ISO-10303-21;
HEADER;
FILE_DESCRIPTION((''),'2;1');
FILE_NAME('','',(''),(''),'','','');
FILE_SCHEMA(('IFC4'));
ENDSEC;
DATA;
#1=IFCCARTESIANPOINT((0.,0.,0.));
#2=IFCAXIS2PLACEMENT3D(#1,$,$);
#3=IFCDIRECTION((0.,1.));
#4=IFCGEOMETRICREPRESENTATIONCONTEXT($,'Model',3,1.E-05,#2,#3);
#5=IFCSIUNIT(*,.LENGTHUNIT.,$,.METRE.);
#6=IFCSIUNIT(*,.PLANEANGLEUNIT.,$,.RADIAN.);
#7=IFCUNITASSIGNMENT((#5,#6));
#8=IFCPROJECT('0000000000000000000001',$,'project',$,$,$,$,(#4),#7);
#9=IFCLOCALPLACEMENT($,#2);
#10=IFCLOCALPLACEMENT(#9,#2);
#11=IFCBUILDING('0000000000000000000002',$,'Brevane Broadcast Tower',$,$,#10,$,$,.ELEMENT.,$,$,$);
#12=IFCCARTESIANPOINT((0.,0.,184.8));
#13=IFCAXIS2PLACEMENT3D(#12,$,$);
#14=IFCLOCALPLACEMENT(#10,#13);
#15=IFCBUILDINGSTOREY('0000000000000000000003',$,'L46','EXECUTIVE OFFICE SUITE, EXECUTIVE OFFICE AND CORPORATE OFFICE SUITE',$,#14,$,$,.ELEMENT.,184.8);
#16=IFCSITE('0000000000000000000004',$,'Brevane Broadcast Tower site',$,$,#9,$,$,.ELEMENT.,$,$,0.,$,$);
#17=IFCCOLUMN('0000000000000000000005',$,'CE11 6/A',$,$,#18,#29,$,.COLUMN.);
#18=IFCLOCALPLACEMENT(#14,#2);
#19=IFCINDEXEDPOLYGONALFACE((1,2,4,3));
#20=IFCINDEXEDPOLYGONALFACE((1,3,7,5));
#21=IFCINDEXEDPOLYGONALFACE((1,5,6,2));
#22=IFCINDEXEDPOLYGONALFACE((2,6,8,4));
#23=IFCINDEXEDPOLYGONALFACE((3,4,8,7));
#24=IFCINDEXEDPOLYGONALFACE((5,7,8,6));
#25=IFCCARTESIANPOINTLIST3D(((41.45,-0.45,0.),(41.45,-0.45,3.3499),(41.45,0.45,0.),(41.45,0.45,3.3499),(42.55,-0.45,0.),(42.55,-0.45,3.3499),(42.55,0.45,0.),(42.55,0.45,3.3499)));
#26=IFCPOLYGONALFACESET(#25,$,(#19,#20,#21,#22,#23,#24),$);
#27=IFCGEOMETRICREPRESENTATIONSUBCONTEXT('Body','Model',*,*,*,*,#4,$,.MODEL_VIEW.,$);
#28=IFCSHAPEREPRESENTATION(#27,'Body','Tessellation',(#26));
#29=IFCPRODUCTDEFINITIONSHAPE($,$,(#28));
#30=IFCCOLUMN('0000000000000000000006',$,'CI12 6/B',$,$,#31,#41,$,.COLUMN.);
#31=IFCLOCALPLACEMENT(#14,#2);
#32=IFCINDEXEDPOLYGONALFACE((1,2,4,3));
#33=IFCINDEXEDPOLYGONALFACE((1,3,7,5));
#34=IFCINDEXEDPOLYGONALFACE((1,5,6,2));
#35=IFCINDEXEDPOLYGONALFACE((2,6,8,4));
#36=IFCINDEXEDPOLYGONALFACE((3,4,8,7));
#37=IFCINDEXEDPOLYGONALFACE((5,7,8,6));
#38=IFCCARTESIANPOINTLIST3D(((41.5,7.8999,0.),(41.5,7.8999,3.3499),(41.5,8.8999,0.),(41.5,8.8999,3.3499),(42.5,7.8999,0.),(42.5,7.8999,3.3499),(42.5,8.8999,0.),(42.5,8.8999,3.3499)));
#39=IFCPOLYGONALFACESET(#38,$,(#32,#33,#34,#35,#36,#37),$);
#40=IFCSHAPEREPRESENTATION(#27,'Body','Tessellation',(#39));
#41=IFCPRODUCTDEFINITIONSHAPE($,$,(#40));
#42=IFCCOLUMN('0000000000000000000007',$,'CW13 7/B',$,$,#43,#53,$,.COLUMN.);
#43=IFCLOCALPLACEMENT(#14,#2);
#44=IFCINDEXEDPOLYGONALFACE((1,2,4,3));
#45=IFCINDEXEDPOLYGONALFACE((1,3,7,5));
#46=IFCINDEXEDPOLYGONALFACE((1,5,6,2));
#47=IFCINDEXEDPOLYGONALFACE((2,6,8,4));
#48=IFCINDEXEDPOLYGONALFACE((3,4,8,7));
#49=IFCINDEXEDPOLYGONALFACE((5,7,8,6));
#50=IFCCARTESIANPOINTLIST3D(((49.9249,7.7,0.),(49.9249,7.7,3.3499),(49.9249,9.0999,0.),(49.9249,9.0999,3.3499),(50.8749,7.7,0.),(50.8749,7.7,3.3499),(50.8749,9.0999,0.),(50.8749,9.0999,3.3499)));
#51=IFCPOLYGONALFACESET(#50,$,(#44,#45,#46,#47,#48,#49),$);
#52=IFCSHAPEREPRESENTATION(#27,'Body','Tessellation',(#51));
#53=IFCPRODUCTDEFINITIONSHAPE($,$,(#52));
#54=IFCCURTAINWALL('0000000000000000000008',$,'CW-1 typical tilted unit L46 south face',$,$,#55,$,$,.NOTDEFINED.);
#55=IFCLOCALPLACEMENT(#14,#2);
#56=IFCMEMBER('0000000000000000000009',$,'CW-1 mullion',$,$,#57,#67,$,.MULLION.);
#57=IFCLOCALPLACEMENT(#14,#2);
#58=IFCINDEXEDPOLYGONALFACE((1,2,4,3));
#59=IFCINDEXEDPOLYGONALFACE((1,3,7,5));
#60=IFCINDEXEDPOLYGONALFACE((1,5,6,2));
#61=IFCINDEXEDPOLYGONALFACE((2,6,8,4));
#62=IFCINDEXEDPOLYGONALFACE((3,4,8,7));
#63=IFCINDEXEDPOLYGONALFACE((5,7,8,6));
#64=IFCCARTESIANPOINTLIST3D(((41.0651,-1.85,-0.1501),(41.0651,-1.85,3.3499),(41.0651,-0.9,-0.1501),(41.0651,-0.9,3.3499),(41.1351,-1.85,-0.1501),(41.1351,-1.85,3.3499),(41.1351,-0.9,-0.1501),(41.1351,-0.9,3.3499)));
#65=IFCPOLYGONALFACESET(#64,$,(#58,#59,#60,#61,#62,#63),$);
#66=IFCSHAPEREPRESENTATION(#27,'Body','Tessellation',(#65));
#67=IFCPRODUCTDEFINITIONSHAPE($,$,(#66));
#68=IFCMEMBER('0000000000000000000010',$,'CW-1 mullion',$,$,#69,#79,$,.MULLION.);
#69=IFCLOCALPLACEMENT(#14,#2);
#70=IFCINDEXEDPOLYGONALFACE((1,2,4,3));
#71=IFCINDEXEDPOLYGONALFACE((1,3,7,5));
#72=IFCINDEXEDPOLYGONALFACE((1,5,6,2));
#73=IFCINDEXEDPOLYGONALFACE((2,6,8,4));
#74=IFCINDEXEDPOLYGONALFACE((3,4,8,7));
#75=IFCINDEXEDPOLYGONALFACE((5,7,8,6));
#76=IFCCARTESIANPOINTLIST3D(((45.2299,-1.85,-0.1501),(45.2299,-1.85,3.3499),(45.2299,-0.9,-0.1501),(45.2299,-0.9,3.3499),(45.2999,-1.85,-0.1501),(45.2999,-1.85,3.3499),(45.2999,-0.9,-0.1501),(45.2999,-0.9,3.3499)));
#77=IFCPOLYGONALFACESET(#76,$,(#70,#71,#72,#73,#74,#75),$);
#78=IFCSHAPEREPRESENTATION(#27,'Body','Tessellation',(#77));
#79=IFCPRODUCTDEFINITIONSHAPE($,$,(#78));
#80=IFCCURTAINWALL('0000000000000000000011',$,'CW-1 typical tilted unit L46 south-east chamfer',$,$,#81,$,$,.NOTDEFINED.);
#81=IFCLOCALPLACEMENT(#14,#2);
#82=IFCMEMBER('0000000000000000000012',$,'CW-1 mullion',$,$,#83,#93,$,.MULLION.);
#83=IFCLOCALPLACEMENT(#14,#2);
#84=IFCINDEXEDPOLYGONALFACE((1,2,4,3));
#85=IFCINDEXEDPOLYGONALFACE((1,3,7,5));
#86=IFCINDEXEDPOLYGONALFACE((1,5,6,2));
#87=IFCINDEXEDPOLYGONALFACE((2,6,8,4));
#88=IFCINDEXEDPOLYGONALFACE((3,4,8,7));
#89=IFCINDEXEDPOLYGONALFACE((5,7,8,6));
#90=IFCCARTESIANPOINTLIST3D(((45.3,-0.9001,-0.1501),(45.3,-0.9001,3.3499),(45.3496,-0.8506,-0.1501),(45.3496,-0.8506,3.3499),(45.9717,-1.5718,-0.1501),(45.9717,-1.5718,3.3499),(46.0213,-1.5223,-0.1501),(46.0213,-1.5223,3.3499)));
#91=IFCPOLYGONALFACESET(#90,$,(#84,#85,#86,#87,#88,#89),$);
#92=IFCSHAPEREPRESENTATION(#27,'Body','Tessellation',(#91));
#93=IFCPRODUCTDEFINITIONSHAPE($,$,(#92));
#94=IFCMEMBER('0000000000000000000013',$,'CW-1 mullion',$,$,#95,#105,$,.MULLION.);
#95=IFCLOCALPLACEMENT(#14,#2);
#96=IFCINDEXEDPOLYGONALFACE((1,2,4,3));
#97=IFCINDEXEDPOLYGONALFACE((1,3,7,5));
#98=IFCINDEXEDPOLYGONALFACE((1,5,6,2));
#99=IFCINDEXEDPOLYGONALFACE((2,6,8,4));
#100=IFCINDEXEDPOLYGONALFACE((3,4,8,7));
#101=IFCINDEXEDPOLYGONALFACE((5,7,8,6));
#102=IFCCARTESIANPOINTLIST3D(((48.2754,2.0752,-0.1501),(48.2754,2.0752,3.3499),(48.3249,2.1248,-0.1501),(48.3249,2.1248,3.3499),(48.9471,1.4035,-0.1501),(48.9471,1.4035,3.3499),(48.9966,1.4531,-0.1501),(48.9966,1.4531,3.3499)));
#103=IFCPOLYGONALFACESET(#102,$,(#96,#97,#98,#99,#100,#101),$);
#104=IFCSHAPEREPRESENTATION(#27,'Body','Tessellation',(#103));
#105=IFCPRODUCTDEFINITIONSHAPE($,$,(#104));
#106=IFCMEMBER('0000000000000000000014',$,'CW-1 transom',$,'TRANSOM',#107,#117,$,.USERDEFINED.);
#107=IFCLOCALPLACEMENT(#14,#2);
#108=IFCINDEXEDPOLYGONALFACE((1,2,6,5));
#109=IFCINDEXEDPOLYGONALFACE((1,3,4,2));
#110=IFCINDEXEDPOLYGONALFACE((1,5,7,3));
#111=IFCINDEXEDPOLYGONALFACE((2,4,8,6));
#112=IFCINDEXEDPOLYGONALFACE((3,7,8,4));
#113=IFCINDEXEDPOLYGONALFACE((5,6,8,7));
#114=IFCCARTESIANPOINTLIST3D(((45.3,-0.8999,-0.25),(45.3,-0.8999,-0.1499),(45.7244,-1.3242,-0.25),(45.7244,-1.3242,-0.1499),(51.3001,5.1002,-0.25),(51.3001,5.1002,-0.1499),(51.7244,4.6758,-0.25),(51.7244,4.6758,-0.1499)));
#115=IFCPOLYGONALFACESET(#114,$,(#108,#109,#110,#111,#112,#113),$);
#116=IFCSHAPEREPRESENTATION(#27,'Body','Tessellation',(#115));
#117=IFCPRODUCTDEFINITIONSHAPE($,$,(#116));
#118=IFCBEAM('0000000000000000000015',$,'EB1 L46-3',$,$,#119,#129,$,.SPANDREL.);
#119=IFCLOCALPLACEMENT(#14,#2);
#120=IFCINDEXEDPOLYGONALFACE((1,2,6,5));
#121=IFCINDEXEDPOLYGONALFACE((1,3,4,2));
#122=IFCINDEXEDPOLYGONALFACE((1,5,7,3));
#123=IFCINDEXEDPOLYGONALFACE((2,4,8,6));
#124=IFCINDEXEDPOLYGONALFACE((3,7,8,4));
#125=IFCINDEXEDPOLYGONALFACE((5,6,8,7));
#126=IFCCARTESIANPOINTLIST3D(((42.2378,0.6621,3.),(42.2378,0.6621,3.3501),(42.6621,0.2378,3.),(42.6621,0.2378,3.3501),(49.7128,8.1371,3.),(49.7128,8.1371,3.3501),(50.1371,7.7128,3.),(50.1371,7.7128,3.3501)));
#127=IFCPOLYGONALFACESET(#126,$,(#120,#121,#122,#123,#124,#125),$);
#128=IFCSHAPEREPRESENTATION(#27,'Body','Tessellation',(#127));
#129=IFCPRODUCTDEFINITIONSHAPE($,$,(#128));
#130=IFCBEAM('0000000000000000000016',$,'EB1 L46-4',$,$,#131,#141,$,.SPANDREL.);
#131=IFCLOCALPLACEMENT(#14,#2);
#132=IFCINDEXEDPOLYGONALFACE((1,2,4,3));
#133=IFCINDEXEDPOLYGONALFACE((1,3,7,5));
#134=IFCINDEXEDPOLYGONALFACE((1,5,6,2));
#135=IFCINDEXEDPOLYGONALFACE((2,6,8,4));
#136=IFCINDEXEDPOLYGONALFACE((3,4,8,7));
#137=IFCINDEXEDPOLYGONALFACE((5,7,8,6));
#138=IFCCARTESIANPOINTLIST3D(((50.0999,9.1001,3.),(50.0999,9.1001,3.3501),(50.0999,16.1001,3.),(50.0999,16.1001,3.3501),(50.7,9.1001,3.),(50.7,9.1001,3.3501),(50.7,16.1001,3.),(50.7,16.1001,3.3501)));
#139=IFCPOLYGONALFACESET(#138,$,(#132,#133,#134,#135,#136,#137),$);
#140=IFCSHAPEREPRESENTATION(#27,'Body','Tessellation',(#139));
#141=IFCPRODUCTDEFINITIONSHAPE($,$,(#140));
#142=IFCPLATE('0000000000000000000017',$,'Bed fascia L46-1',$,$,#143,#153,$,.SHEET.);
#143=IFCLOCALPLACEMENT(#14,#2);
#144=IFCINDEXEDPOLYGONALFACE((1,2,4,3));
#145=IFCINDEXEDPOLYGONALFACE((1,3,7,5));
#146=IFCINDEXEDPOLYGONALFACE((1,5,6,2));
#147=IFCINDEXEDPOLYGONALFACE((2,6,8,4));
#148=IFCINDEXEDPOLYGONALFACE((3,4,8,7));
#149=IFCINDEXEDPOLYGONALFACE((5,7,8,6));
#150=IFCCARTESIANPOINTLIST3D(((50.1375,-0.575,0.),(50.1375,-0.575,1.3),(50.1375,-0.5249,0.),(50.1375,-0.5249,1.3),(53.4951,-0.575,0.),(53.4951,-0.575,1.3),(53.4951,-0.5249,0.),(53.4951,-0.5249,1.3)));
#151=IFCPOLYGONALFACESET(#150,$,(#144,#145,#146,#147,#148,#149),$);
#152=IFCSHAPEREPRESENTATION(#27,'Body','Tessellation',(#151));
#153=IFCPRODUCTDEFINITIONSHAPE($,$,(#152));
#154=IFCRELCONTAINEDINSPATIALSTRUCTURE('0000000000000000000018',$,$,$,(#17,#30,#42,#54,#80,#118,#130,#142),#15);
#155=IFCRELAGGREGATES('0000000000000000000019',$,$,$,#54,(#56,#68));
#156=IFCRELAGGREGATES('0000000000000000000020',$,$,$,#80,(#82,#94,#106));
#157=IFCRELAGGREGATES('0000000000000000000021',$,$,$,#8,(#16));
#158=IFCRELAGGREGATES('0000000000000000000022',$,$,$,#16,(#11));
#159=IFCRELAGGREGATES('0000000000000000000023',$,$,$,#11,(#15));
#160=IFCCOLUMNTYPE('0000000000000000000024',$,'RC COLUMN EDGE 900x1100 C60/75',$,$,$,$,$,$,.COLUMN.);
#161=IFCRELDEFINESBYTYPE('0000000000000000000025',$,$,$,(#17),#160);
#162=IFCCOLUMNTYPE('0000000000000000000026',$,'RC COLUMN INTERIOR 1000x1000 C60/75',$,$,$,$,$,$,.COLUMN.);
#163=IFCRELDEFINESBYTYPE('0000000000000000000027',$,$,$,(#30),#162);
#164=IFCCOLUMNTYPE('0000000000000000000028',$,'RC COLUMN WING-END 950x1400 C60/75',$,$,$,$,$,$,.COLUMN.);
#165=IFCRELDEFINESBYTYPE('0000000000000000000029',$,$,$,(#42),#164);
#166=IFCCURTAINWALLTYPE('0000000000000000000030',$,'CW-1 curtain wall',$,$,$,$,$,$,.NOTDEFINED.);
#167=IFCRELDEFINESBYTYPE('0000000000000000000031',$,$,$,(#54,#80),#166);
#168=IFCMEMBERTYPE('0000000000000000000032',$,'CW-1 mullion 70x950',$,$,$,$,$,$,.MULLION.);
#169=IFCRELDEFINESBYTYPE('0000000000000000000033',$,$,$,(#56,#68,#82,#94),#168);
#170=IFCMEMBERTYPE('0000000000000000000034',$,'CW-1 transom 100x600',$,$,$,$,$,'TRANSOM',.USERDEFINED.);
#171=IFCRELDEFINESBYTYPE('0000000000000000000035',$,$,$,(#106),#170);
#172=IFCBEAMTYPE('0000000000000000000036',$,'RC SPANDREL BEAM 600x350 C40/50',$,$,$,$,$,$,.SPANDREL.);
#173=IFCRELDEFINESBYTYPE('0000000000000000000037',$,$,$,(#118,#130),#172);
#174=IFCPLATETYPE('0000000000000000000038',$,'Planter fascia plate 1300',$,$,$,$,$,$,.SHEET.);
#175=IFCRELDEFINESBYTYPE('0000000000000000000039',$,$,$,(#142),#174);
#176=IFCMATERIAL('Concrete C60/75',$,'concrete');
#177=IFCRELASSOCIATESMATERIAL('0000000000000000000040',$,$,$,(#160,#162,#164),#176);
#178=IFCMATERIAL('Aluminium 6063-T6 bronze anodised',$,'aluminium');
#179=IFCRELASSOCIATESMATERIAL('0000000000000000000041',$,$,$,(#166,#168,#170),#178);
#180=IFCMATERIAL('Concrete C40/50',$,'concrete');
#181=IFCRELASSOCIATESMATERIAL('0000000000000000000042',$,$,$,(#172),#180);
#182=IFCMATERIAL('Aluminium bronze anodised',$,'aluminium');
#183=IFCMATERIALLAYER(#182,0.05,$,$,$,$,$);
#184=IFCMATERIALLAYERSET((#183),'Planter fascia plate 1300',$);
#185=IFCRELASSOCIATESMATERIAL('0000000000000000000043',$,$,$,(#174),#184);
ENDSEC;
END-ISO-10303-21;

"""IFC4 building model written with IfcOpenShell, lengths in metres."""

from ifc_helpers import new_model, si_unit, direction, frame, origin, origin_2d, place, context, subcontext, project, spatial, polyline, rectangle, outline, extrude, material, layer, layer_set, material_profile, profile_set, type_object, element, aggregate, save


model = new_model("IFC4")

# Units and contexts
model_context = context("Model", 3, precision=1e-05, world=origin(), true_north=direction((0.0, 1.0)))
body_context = subcontext(model_context, "Body", "Model", "MODEL_VIEW")
ifc_project = project(units=[si_unit("LENGTHUNIT", "METRE"), si_unit("PLANEANGLEUNIT", "RADIAN")], contexts=[model_context])

# Site, building, storey
site_placement = place(None, origin())
site = spatial("IfcSite", under=ifc_project, at=site_placement, Name="Brevane Broadcast Tower site", CompositionType="ELEMENT", RefElevation=0.0)
building_placement = place(site_placement, origin())
building = spatial("IfcBuilding", under=site, at=building_placement, Name="Brevane Broadcast Tower", CompositionType="ELEMENT")
storey_placement = place(building_placement, frame((0.0, 0.0, 184.8)))
storey = spatial("IfcBuildingStorey", under=building, at=storey_placement, Name="L46", Description="EXECUTIVE OFFICE SUITE, EXECUTIVE OFFICE AND CORPORATE OFFICE SUITE", CompositionType="ELEMENT", Elevation=184.8)

# Columns
ifc_material_1 = material(Name="Concrete C60/75", Category="concrete")
ifc_material_profile_1 = material_profile(ifc_material_1, rectangle(XDim=0.8999, YDim=1.1001, at=origin_2d()), Name="RC 900x1100")
ifc_profile_set_1 = profile_set([ifc_material_profile_1], Name="Concrete C60/75")
column_type_1 = type_object("IfcColumnType", Name="RC COLUMN EDGE 900x1100 C60/75", PredefinedType="COLUMN", material=ifc_profile_set_1)
column_1_placement = place(storey_placement, frame((42.0, 0.0, 0.0), z_axis=(0.0, 0.0, 1.0), x_axis=(0.0, 1.0, 0.0)))
element("IfcColumn", 1, at=column_1_placement, inside=storey, type_object=column_type_1, Name="CE11 6/A", PredefinedType="COLUMN", context=body_context, shape_type="SweptSolid", body=[
    extrude(rectangle(XDim=0.8999, YDim=1.1001, at=origin_2d()), origin(), (0.0, 0.0, 1.0), 3.3499),
])
ifc_material_profile_2 = material_profile(ifc_material_1, rectangle(XDim=1.0, YDim=1.0, at=origin_2d()), Name="RC 1000x1000")
ifc_profile_set_2 = profile_set([ifc_material_profile_2], Name="Concrete C60/75")
column_type_2 = type_object("IfcColumnType", Name="RC COLUMN INTERIOR 1000x1000 C60/75", PredefinedType="COLUMN", material=ifc_profile_set_2)
column_2_placement = place(storey_placement, frame((42.0, 8.3999, 0.0), z_axis=(0.0, 0.0, 1.0), x_axis=(1.0, 0.0, 0.0)))
element("IfcColumn", 2, at=column_2_placement, inside=storey, type_object=column_type_2, Name="CI12 6/B", PredefinedType="COLUMN", context=body_context, shape_type="SweptSolid", body=[
    extrude(rectangle(XDim=1.0, YDim=1.0, at=origin_2d()), origin(), (0.0, 0.0, 1.0), 3.3499),
])
ifc_material_profile_3 = material_profile(ifc_material_1, rectangle(XDim=0.95, YDim=1.3999, at=origin_2d()), Name="RC 950x1400")
ifc_profile_set_3 = profile_set([ifc_material_profile_3], Name="Concrete C60/75")
column_type_3 = type_object("IfcColumnType", Name="RC COLUMN WING-END 950x1400 C60/75", PredefinedType="COLUMN", material=ifc_profile_set_3)
column_3_placement = place(storey_placement, frame((50.3999, 8.3999, 0.0), z_axis=(0.0, 0.0, 1.0), x_axis=(1.0, 0.0, 0.0)))
element("IfcColumn", 3, at=column_3_placement, inside=storey, type_object=column_type_3, Name="CW13 7/B", PredefinedType="COLUMN", context=body_context, shape_type="SweptSolid", body=[
    extrude(rectangle(XDim=0.95, YDim=1.3999, at=origin_2d()), origin(), (0.0, 0.0, 1.0), 3.3499),
])

# Curtain walls, members
ifc_material_2 = material(Name="Aluminium 6063-T6 bronze anodised", Category="aluminium")
curtain_wall_type = type_object("IfcCurtainWallType", Name="CW-1 curtain wall", PredefinedType="NOTDEFINED", material=ifc_material_2)
curtain_wall_1_placement = place(storey_placement, origin())
curtain_wall_1 = element("IfcCurtainWall", 4, at=curtain_wall_1_placement, inside=storey, type_object=curtain_wall_type, Name="CW-1 typical tilted unit L46 south face", PredefinedType="NOTDEFINED")
ifc_material_profile_4 = material_profile(ifc_material_2, rectangle(XDim=0.95, YDim=0.0701, at=origin_2d()), Name="RECT 70x950")
ifc_profile_set_4 = profile_set([ifc_material_profile_4], Name="Aluminium 6063-T6 bronze anodised")
member_type_1 = type_object("IfcMemberType", Name="CW-1 mullion 70x950", PredefinedType="MULLION", material=ifc_profile_set_4)
member_1_placement = place(storey_placement, frame((41.1001, -1.375, -0.1501), z_axis=(0.0, 0.0, 1.0), x_axis=(0.0, 1.0, 0.0)))
member_1 = element("IfcMember", 5, at=member_1_placement, type_object=member_type_1, Name="CW-1 mullion", PredefinedType="MULLION", context=body_context, shape_type="SweptSolid", body=[
    extrude(rectangle(XDim=0.95, YDim=0.0701, at=origin_2d()), origin(), (0.0, 0.0, 1.0), 3.5),
])
member_2_placement = place(storey_placement, frame((45.2649, -1.375, -0.1501), z_axis=(0.0, 0.0, 1.0), x_axis=(0.0, 1.0, 0.0)))
member_2 = element("IfcMember", 6, at=member_2_placement, type_object=member_type_1, Name="CW-1 mullion", PredefinedType="MULLION", context=body_context, shape_type="SweptSolid", body=[
    extrude(rectangle(XDim=0.95, YDim=0.0701, at=origin_2d()), origin(), (0.0, 0.0, 1.0), 3.5),
])
aggregate(curtain_wall_1, [member_1, member_2])
curtain_wall_2_placement = place(storey_placement, origin())
curtain_wall_2 = element("IfcCurtainWall", 7, at=curtain_wall_2_placement, inside=storey, type_object=curtain_wall_type, Name="CW-1 typical tilted unit L46 south-east chamfer", PredefinedType="NOTDEFINED")
member_3_placement = place(storey_placement, frame((45.6606, -1.2112, -0.1501), z_axis=(0.0, 0.0, 1.0), x_axis=(-0.707107, 0.707107, 0.0)))
member_3 = element("IfcMember", 8, at=member_3_placement, type_object=member_type_1, Name="CW-1 mullion", PredefinedType="MULLION", context=body_context, shape_type="SweptSolid", body=[
    extrude(rectangle(XDim=0.95, YDim=0.0701, at=origin_2d()), origin(), (0.0, 0.0, 1.0), 3.5),
])
member_4_placement = place(storey_placement, frame((48.636, 1.7642, -0.1501), z_axis=(0.0, 0.0, 1.0), x_axis=(-0.707107, 0.707107, 0.0)))
member_4 = element("IfcMember", 9, at=member_4_placement, type_object=member_type_1, Name="CW-1 mullion", PredefinedType="MULLION", context=body_context, shape_type="SweptSolid", body=[
    extrude(rectangle(XDim=0.95, YDim=0.0701, at=origin_2d()), origin(), (0.0, 0.0, 1.0), 3.5),
])
ifc_material_profile_5 = material_profile(ifc_material_2, rectangle(XDim=0.6001, YDim=0.1001, at=origin_2d()), Name="RECT 100x600")
ifc_profile_set_5 = profile_set([ifc_material_profile_5], Name="Aluminium 6063-T6 bronze anodised")
member_type_2 = type_object("IfcMemberType", Name="CW-1 transom 100x600", ElementType="TRANSOM", PredefinedType="USERDEFINED", material=ifc_profile_set_5)
member_5_placement = place(storey_placement, frame((45.5122, -1.1121, -0.2), z_axis=(0.707107, 0.707107, 0.0), x_axis=(-0.707107, 0.707107, 0.0)))
member_5 = element("IfcMember", 10, at=member_5_placement, type_object=member_type_2, Name="CW-1 transom", ObjectType="TRANSOM", PredefinedType="USERDEFINED", context=body_context, shape_type="SweptSolid", body=[
    extrude(rectangle(XDim=0.6001, YDim=0.1001, at=origin_2d()), origin(), (0.0, 0.0, 1.0), 8.4854),
])
aggregate(curtain_wall_2, [member_3, member_4, member_5])

# Beams
ifc_material_3 = material(Name="Concrete C40/50", Category="concrete")
ifc_material_profile_6 = material_profile(ifc_material_3, rectangle(XDim=0.6001, YDim=0.3501, at=origin_2d()), Name="RC 600x350")
ifc_profile_set_6 = profile_set([ifc_material_profile_6], Name="Concrete C40/50")
beam_type = type_object("IfcBeamType", Name="RC SPANDREL BEAM 600x350 C40/50", PredefinedType="SPANDREL", material=ifc_profile_set_6)
beam_1_placement = place(storey_placement, frame((42.45, 0.45, 3.175), z_axis=(0.707107, 0.707107, 0.0), x_axis=(-0.707107, 0.707107, 0.0)))
element("IfcBeam", 11, at=beam_1_placement, inside=storey, type_object=beam_type, Name="EB1 L46-3", PredefinedType="SPANDREL", context=body_context, shape_type="SweptSolid", body=[
    extrude(rectangle(XDim=0.6001, YDim=0.3501, at=origin_2d()), origin(), (0.0, 0.0, 1.0), 10.5713),
])
beam_2_placement = place(storey_placement, frame((50.3999, 9.1001, 3.175), z_axis=(0.0, 1.0, 0.0), x_axis=(-1.0, 0.0, 0.0)))
element("IfcBeam", 12, at=beam_2_placement, inside=storey, type_object=beam_type, Name="EB1 L46-4", PredefinedType="SPANDREL", context=body_context, shape_type="SweptSolid", body=[
    extrude(rectangle(XDim=0.6001, YDim=0.3501, at=origin_2d()), origin(), (0.0, 0.0, 1.0), 7.0),
])

# Plate
ifc_material_4 = material(Name="Aluminium bronze anodised", Category="aluminium")
ifc_layer_1 = layer(ifc_material_4, 0.05)
ifc_layer_set_1 = layer_set([ifc_layer_1], Name="Planter fascia plate 1300")
plate_type = type_object("IfcPlateType", Name="Planter fascia plate 1300", PredefinedType="SHEET", material=ifc_layer_set_1)
plate_placement = place(storey_placement, frame((50.1375, -0.575, 0.0), z_axis=(0.0, -1.0, 0.0), x_axis=(1.0, 0.0, 0.0)))
element("IfcPlate", 13, at=plate_placement, inside=storey, type_object=plate_type, Name="Bed fascia L46-1", PredefinedType="SHEET", context=body_context, shape_type="SweptSolid", body=[
    extrude(outline(polyline([(0.0, 0.0), (3.3577, 0.0), (3.3577, 1.3), (0.0, 1.3), (0.0, 0.0)])), origin(), (0.0, 0.0, -1.0), 0.05),
])

save(model, "model.ifc")
